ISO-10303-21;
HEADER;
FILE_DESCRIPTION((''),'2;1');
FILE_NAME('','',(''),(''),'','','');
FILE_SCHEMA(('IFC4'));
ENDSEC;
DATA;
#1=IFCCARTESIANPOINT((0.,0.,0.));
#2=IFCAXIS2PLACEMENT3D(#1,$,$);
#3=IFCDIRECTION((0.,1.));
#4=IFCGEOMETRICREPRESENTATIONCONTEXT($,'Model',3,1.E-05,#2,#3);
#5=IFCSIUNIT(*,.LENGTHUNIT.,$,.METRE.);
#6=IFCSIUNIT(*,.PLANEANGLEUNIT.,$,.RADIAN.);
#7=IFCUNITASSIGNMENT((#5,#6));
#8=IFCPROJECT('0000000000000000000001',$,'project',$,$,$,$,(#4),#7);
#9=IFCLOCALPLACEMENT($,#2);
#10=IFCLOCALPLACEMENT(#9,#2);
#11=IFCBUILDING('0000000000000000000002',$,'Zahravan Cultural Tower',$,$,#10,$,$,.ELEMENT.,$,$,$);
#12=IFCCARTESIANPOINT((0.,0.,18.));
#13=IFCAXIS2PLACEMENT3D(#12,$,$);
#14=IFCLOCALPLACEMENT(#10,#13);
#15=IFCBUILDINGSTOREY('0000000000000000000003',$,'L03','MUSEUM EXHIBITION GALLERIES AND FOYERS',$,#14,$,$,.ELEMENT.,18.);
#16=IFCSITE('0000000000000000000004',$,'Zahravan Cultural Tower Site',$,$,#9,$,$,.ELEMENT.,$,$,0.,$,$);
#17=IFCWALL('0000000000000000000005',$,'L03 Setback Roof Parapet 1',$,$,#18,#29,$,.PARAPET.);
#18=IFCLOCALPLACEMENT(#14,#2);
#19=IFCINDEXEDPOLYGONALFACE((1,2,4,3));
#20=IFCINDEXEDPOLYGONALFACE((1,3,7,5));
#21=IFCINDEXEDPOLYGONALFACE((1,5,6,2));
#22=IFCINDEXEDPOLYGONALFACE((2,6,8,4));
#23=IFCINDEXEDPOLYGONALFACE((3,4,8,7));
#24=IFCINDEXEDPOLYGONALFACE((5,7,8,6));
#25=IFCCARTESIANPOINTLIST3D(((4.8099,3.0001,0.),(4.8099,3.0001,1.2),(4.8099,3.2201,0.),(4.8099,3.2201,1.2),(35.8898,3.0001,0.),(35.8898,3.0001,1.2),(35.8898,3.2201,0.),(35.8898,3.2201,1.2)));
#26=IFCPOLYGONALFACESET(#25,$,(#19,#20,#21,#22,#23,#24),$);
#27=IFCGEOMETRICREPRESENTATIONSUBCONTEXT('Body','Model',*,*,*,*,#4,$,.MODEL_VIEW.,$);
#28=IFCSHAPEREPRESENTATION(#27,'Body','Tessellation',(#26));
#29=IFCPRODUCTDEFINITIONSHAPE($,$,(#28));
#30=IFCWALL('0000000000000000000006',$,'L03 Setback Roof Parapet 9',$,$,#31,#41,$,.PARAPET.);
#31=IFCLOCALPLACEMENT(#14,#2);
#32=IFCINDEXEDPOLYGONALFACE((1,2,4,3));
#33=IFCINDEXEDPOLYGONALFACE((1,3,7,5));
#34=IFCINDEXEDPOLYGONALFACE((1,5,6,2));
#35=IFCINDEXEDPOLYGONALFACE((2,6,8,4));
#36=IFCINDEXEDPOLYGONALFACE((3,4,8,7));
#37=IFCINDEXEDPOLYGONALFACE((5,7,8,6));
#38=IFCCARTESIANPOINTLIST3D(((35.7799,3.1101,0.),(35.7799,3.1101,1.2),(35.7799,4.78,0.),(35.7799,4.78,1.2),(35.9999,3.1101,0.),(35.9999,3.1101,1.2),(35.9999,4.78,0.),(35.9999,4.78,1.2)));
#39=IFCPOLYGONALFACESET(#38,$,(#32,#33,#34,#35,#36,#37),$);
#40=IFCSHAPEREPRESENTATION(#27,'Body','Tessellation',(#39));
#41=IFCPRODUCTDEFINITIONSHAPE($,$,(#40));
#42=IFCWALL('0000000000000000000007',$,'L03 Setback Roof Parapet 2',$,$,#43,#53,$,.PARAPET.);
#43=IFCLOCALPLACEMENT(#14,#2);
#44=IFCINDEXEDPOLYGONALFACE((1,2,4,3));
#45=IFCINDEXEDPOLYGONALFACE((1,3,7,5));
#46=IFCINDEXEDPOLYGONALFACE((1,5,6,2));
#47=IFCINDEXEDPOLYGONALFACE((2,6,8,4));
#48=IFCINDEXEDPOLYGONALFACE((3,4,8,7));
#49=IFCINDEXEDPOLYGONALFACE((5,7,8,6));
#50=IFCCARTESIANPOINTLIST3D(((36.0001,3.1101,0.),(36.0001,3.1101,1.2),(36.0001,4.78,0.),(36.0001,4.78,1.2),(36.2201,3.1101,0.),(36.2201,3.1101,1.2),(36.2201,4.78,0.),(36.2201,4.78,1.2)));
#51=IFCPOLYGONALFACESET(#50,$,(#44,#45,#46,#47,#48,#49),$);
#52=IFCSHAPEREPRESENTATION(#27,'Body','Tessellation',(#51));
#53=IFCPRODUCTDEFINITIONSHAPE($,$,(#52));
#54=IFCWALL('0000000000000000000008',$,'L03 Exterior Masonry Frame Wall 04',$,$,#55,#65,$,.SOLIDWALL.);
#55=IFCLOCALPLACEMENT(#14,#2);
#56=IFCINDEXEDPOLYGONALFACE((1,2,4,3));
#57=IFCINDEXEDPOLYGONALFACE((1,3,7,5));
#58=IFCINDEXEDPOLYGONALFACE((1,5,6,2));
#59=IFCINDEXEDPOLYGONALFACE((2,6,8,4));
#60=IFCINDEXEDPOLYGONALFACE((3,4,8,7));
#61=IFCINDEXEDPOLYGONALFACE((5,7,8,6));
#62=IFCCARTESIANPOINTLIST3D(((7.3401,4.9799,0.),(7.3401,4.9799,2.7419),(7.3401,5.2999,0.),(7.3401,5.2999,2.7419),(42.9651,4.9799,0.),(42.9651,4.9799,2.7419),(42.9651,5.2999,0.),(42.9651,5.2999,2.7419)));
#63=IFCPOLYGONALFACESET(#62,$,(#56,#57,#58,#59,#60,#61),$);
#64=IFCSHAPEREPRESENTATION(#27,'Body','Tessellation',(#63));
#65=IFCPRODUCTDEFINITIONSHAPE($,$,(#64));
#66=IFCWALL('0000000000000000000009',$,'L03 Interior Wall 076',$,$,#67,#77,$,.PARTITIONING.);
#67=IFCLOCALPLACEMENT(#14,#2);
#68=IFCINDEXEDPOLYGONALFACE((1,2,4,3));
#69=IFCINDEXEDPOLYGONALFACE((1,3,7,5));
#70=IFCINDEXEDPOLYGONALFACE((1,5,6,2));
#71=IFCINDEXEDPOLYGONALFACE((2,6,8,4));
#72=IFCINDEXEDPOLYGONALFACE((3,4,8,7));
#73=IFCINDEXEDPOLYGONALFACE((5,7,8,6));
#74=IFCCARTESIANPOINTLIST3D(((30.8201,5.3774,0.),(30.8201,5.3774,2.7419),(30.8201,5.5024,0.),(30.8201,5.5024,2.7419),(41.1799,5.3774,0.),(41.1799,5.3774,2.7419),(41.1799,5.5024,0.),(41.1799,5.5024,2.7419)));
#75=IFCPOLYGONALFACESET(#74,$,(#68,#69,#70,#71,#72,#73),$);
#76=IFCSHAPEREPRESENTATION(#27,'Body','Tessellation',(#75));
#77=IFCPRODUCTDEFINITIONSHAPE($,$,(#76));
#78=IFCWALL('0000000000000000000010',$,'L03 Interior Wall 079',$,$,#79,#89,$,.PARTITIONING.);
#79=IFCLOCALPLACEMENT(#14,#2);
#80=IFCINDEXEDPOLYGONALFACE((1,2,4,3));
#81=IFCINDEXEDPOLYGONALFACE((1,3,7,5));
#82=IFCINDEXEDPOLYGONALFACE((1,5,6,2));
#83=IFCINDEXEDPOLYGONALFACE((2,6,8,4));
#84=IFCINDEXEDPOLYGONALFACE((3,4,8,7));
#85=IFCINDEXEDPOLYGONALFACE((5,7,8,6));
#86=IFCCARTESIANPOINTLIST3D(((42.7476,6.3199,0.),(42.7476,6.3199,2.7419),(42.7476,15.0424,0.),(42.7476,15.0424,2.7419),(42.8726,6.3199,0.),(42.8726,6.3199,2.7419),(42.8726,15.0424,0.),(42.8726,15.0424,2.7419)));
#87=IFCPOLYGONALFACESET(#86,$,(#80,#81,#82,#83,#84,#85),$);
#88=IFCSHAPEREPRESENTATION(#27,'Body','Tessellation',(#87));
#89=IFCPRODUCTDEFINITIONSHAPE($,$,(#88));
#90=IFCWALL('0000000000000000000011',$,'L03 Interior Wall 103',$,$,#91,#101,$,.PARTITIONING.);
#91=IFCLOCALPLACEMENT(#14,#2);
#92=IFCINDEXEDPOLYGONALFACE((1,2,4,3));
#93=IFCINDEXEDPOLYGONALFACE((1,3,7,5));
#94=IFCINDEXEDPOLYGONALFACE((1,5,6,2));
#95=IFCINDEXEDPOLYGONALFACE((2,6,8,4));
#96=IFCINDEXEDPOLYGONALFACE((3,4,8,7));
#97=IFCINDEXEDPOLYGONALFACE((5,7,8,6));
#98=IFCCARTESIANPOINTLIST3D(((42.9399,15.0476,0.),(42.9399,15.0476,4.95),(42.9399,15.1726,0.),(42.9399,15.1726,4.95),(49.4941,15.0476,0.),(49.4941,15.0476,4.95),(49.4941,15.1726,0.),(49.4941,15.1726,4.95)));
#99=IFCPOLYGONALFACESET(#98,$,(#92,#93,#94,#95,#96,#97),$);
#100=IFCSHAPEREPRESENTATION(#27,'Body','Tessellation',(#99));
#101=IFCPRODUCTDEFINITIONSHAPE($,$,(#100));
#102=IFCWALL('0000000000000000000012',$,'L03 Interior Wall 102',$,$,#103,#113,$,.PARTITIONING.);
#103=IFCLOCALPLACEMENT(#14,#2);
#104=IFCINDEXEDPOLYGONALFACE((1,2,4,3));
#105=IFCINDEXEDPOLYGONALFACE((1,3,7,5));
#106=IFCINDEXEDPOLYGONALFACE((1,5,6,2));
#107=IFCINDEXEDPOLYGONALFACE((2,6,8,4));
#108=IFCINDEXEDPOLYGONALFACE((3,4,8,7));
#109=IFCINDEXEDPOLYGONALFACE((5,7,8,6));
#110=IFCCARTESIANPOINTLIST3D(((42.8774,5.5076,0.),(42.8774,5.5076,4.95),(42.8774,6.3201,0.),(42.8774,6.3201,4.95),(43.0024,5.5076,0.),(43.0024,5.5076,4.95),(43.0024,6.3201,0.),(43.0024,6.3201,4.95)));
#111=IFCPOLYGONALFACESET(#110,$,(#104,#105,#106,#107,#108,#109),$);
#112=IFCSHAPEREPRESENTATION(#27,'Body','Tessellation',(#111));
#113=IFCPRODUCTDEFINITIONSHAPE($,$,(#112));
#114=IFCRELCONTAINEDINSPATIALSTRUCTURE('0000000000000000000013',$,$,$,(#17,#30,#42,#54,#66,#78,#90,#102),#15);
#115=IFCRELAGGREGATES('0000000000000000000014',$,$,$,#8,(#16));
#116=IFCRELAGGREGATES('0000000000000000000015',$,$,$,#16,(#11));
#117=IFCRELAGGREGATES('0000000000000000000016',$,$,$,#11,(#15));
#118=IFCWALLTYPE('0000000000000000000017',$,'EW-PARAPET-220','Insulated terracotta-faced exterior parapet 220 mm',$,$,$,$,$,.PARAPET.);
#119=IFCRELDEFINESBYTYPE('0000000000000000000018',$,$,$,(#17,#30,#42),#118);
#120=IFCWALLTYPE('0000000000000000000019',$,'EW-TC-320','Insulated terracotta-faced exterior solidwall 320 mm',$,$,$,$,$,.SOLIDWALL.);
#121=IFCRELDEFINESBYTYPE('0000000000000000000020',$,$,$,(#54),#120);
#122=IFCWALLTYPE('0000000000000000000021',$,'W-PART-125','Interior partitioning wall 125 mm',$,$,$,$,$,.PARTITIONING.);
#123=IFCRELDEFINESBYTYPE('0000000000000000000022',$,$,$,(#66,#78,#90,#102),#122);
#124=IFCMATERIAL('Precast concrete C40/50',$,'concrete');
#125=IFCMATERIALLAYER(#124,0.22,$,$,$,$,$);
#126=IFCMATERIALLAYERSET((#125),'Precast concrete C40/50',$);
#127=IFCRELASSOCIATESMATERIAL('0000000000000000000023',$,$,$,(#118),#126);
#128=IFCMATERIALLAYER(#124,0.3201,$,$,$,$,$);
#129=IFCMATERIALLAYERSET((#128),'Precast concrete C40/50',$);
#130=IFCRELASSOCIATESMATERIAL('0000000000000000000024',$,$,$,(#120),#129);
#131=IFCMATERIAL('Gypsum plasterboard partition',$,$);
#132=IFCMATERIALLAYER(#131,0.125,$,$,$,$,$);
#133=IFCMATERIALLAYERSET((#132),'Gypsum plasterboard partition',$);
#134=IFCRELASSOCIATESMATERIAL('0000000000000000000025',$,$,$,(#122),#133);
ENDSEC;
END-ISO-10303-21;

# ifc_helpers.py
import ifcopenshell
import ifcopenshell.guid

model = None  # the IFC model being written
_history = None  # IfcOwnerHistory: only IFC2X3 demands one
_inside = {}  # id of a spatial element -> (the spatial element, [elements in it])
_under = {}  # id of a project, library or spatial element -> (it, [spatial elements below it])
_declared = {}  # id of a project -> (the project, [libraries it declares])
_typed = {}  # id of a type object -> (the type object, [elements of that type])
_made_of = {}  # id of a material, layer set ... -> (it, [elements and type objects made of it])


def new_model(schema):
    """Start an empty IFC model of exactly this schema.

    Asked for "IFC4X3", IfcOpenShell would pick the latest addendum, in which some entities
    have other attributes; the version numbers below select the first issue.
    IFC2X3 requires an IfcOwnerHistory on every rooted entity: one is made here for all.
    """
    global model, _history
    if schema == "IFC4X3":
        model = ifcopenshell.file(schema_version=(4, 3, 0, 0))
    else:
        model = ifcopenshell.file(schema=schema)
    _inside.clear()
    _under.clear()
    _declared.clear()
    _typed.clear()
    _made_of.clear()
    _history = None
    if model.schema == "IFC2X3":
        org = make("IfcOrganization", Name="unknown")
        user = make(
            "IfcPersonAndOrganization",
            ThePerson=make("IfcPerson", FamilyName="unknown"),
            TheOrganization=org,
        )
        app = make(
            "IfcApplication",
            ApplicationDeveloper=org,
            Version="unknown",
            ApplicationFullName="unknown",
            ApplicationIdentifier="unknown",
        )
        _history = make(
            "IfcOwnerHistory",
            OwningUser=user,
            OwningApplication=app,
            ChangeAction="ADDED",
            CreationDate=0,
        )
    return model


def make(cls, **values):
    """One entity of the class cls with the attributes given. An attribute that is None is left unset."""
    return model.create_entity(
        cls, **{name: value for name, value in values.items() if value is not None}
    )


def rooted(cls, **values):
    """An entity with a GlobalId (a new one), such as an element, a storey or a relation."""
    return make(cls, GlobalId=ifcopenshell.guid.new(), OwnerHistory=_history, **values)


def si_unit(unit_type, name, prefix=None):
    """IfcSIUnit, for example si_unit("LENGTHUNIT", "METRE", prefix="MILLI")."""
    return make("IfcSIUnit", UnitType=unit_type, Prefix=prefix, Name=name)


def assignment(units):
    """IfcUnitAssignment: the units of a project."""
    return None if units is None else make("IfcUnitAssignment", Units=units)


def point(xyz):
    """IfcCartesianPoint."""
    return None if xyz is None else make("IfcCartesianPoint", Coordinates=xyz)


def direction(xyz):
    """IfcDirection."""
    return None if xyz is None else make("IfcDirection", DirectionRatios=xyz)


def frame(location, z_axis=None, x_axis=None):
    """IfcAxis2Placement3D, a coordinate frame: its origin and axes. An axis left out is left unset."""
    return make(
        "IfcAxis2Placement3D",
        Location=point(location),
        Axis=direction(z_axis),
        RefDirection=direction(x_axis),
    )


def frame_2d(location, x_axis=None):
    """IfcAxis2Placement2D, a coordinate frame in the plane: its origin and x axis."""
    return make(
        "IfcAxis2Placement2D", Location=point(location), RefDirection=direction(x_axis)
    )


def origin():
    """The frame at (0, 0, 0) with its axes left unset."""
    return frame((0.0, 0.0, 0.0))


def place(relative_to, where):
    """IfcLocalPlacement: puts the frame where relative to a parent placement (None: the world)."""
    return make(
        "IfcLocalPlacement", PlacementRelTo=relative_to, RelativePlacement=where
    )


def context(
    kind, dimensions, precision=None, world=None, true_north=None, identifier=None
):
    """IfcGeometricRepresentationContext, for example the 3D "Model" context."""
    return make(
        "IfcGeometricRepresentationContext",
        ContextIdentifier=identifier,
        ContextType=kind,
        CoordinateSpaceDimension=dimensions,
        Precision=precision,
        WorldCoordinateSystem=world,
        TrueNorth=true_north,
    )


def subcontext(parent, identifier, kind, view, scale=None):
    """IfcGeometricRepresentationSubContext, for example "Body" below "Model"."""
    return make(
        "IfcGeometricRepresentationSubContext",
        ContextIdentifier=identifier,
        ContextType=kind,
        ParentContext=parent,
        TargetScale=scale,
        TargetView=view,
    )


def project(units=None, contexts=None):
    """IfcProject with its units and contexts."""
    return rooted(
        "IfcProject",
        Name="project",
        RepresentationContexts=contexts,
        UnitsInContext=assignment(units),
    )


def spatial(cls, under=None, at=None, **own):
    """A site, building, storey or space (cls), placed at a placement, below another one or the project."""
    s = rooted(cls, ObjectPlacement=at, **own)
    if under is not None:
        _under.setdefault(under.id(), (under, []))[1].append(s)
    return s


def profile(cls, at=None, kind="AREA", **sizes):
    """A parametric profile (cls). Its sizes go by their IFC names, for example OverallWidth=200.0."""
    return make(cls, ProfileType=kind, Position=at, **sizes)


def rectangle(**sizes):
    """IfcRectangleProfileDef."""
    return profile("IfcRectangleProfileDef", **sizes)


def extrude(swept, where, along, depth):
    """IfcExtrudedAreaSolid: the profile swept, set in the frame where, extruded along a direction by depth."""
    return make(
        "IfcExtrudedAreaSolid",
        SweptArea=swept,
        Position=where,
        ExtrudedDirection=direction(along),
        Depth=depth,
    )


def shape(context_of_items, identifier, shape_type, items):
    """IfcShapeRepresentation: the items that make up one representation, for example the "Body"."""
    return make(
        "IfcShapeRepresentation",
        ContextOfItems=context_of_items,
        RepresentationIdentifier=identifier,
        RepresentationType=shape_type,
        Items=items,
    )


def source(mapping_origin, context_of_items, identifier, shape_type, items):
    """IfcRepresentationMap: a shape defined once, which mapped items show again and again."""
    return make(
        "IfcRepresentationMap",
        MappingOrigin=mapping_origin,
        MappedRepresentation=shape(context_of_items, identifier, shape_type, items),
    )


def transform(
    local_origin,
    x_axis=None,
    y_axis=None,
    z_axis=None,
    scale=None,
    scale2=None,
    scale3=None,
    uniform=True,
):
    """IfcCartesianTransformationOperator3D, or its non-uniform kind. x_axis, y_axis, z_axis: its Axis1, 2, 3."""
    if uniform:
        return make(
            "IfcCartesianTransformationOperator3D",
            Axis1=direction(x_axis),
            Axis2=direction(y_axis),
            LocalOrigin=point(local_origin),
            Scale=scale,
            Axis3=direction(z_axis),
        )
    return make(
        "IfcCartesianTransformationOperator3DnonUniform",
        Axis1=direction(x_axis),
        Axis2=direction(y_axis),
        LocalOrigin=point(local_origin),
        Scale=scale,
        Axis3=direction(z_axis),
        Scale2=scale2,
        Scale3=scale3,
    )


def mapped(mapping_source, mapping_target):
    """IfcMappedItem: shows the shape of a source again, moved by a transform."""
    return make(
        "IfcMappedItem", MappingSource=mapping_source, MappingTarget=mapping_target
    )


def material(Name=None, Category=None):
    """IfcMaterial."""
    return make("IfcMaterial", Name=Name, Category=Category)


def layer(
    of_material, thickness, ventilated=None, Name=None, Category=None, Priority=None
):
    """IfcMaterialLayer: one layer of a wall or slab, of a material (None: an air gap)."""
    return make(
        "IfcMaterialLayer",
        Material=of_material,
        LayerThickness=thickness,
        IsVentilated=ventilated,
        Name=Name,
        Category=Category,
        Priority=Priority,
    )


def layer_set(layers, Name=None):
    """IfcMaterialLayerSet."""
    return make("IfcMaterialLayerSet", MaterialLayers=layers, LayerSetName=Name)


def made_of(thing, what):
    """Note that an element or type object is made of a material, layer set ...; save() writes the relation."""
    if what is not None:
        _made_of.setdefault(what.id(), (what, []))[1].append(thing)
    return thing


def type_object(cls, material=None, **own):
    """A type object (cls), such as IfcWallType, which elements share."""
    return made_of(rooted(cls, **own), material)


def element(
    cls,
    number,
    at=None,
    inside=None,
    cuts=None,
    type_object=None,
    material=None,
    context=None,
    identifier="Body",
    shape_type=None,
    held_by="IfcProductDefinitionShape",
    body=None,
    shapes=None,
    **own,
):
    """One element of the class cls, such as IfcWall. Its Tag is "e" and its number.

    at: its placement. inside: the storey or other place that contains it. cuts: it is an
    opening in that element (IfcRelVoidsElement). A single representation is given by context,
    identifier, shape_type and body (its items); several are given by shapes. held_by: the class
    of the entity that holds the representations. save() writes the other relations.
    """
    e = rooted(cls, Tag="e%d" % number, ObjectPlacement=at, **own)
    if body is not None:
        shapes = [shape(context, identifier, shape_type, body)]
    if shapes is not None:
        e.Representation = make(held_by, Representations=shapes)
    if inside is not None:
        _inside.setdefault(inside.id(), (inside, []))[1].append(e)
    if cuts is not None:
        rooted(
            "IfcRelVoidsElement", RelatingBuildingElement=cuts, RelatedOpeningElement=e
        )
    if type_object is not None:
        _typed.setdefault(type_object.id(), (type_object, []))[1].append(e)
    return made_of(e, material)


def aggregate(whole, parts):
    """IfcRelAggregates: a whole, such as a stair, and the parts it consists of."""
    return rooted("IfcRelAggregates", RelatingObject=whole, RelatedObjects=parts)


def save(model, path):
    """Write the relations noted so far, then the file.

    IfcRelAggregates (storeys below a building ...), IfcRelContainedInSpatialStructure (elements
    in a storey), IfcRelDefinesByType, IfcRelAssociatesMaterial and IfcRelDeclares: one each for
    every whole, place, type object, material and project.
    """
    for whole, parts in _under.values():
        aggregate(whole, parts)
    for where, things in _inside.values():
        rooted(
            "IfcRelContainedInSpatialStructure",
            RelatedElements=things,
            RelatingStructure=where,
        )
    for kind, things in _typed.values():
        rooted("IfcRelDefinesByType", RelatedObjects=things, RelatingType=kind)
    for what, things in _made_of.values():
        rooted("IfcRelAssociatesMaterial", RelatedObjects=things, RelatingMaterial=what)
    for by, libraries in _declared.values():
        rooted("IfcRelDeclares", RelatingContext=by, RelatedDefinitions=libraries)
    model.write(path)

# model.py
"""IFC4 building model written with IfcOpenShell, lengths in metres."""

from ifc_helpers import new_model, si_unit, direction, frame, frame_2d, origin, place, context, subcontext, project, spatial, rectangle, extrude, source, transform, mapped, material, layer, layer_set, type_object, element, save


model = new_model("IFC4")

# Units and contexts
model_context = context("Model", 3, precision=1e-05, world=origin(), true_north=direction((0.0, 1.0)))
body_context = subcontext(model_context, "Body", "Model", "MODEL_VIEW")
ifc_project = project(units=[si_unit("LENGTHUNIT", "METRE"), si_unit("PLANEANGLEUNIT", "RADIAN")], contexts=[model_context])

# Site, building, storey
site_placement = place(None, origin())
site = spatial("IfcSite", under=ifc_project, at=site_placement, Name="Zahravan Cultural Tower Site", CompositionType="ELEMENT", RefElevation=0.0)
building_placement = place(site_placement, origin())
building = spatial("IfcBuilding", under=site, at=building_placement, Name="Zahravan Cultural Tower", CompositionType="ELEMENT")
storey_placement = place(building_placement, frame((0.0, 0.0, 18.0)))
storey = spatial("IfcBuildingStorey", under=building, at=storey_placement, Name="L03", Description="MUSEUM EXHIBITION GALLERIES AND FOYERS", CompositionType="ELEMENT", Elevation=18.0)

# Walls
ifc_material_1 = material(Name="Precast concrete C40/50", Category="concrete")
ifc_layer_1 = layer(ifc_material_1, 0.22)
ifc_layer_set_1 = layer_set([ifc_layer_1], Name="Precast concrete C40/50")
wall_type_1 = type_object("IfcWallType", Name="EW-PARAPET-220", Description="Insulated terracotta-faced exterior parapet 220 mm", PredefinedType="PARAPET", material=ifc_layer_set_1)
shared_shape_1 = source(origin(), body_context, "Body", "SweptSolid", [
    extrude(rectangle(XDim=31.0798, YDim=0.22, at=frame_2d((15.54, 0.0))), origin(), (0.0, 0.0, 1.0), 1.2),
])
wall_1_placement = place(storey_placement, frame((35.8899, 3.1101, 0.0), z_axis=(0.0, 0.0, 1.0), x_axis=(-1.0, 0.0, 0.0)))
element("IfcWall", 1, at=wall_1_placement, inside=storey, type_object=wall_type_1, Name="L03 Setback Roof Parapet 1", PredefinedType="PARAPET", context=body_context, shape_type="MappedRepresentation", body=[
    mapped(shared_shape_1, transform((0.0, 0.0, 0.0), x_axis=(1.0, 0.0, 0.0), y_axis=(0.0, 1.0, 0.0), z_axis=(0.0, 0.0, 1.0), scale=1.0)),
])
shared_shape_2 = source(origin(), body_context, "Body", "SweptSolid", [
    extrude(rectangle(XDim=1.6699, YDim=0.22, at=frame_2d((0.835, 0.0))), origin(), (0.0, 0.0, 1.0), 1.2),
])
for number, where, z_axis, x_axis, name in (
    (2, (35.8899, 4.78, 0.0), (0.0, 0.0, 1.0), (0.0, -1.0, 0.0), "L03 Setback Roof Parapet 9"),
    (3, (36.1101, 3.1101, 0.0), (0.0, 0.0, 1.0), (0.0, 1.0, 0.0), "L03 Setback Roof Parapet 2"),
):
    element("IfcWall", number, at=place(storey_placement, frame(where, z_axis=z_axis, x_axis=x_axis)), inside=storey, type_object=wall_type_1, Name=name, PredefinedType="PARAPET", context=body_context, shape_type="MappedRepresentation", body=[
        mapped(shared_shape_2, transform((0.0, 0.0, 0.0), x_axis=(1.0, 0.0, 0.0), y_axis=(0.0, 1.0, 0.0), z_axis=(0.0, 0.0, 1.0), scale=1.0)),
    ])
ifc_layer_2 = layer(ifc_material_1, 0.3201)
ifc_layer_set_2 = layer_set([ifc_layer_2], Name="Precast concrete C40/50")
wall_type_2 = type_object("IfcWallType", Name="EW-TC-320", Description="Insulated terracotta-faced exterior solidwall 320 mm", PredefinedType="SOLIDWALL", material=ifc_layer_set_2)
shared_shape_3 = source(origin(), body_context, "Body", "SweptSolid", [
    extrude(rectangle(XDim=35.625, YDim=0.3201, at=frame_2d((17.8125, 0.0))), origin(), (0.0, 0.0, 1.0), 2.7419),
])
wall_2_placement = place(storey_placement, frame((42.9651, 5.1399, 0.0), z_axis=(0.0, 0.0, 1.0), x_axis=(-1.0, 0.0, 0.0)))
element("IfcWall", 4, at=wall_2_placement, inside=storey, type_object=wall_type_2, Name="L03 Exterior Masonry Frame Wall 04", PredefinedType="SOLIDWALL", context=body_context, shape_type="MappedRepresentation", body=[
    mapped(shared_shape_3, transform((0.0, 0.0, 0.0), x_axis=(1.0, 0.0, 0.0), y_axis=(0.0, 1.0, 0.0), z_axis=(0.0, 0.0, 1.0), scale=1.0)),
])
ifc_material_2 = material(Name="Gypsum plasterboard partition")
ifc_layer_3 = layer(ifc_material_2, 0.125)
ifc_layer_set_3 = layer_set([ifc_layer_3], Name="Gypsum plasterboard partition")
wall_type_3 = type_object("IfcWallType", Name="W-PART-125", Description="Interior partitioning wall 125 mm", PredefinedType="PARTITIONING", material=ifc_layer_set_3)
shared_shape_4 = source(origin(), body_context, "Body", "SweptSolid", [
    extrude(rectangle(XDim=10.3599, YDim=0.125, at=frame_2d((5.1799, 0.0))), origin(), (0.0, 0.0, 1.0), 2.7419),
])
wall_3_placement = place(storey_placement, frame((41.1799, 5.4399, 0.0), z_axis=(0.0, 0.0, 1.0), x_axis=(-1.0, 0.0, 0.0)))
element("IfcWall", 5, at=wall_3_placement, inside=storey, type_object=wall_type_3, Name="L03 Interior Wall 076", PredefinedType="PARTITIONING", context=body_context, shape_type="MappedRepresentation", body=[
    mapped(shared_shape_4, transform((0.0, 0.0, 0.0), x_axis=(1.0, 0.0, 0.0), y_axis=(0.0, 1.0, 0.0), z_axis=(0.0, 0.0, 1.0), scale=1.0)),
])
shared_shape_5 = source(origin(), body_context, "Body", "SweptSolid", [
    extrude(rectangle(XDim=8.7224, YDim=0.125, at=frame_2d((4.3613, 0.0))), origin(), (0.0, 0.0, 1.0), 2.7419),
])
wall_4_placement = place(storey_placement, frame((42.8101, 15.0425, 0.0), z_axis=(0.0, 0.0, 1.0), x_axis=(0.0, -1.0, 0.0)))
element("IfcWall", 6, at=wall_4_placement, inside=storey, type_object=wall_type_3, Name="L03 Interior Wall 079", PredefinedType="PARTITIONING", context=body_context, shape_type="MappedRepresentation", body=[
    mapped(shared_shape_5, transform((0.0, 0.0, 0.0), x_axis=(1.0, 0.0, 0.0), y_axis=(0.0, 1.0, 0.0), z_axis=(0.0, 0.0, 1.0), scale=1.0)),
])
shared_shape_6 = source(origin(), body_context, "Body", "SweptSolid", [
    extrude(rectangle(XDim=6.5542, YDim=0.125, at=frame_2d((3.2771, 0.0))), origin(), (0.0, 0.0, 1.0), 4.95),
])
wall_5_placement = place(storey_placement, frame((42.9399, 15.1101, 0.0), z_axis=(0.0, 0.0, 1.0), x_axis=(1.0, 0.0, 0.0)))
element("IfcWall", 7, at=wall_5_placement, inside=storey, type_object=wall_type_3, Name="L03 Interior Wall 103", PredefinedType="PARTITIONING", context=body_context, shape_type="MappedRepresentation", body=[
    mapped(shared_shape_6, transform((0.0, 0.0, 0.0), x_axis=(1.0, 0.0, 0.0), y_axis=(0.0, 1.0, 0.0), z_axis=(0.0, 0.0, 1.0), scale=1.0)),
])
shared_shape_7 = source(origin(), body_context, "Body", "SweptSolid", [
    extrude(rectangle(XDim=0.8125, YDim=0.125, at=frame_2d((0.4062, 0.0))), origin(), (0.0, 0.0, 1.0), 4.95),
])
wall_6_placement = place(storey_placement, frame((42.9399, 5.5076, 0.0), z_axis=(0.0, 0.0, 1.0), x_axis=(0.0, 1.0, 0.0)))
element("IfcWall", 8, at=wall_6_placement, inside=storey, type_object=wall_type_3, Name="L03 Interior Wall 102", PredefinedType="PARTITIONING", context=body_context, shape_type="MappedRepresentation", body=[
    mapped(shared_shape_7, transform((0.0, 0.0, 0.0), x_axis=(1.0, 0.0, 0.0), y_axis=(0.0, 1.0, 0.0), z_axis=(0.0, 0.0, 1.0), scale=1.0)),
])

save(model, "model.ifc")
